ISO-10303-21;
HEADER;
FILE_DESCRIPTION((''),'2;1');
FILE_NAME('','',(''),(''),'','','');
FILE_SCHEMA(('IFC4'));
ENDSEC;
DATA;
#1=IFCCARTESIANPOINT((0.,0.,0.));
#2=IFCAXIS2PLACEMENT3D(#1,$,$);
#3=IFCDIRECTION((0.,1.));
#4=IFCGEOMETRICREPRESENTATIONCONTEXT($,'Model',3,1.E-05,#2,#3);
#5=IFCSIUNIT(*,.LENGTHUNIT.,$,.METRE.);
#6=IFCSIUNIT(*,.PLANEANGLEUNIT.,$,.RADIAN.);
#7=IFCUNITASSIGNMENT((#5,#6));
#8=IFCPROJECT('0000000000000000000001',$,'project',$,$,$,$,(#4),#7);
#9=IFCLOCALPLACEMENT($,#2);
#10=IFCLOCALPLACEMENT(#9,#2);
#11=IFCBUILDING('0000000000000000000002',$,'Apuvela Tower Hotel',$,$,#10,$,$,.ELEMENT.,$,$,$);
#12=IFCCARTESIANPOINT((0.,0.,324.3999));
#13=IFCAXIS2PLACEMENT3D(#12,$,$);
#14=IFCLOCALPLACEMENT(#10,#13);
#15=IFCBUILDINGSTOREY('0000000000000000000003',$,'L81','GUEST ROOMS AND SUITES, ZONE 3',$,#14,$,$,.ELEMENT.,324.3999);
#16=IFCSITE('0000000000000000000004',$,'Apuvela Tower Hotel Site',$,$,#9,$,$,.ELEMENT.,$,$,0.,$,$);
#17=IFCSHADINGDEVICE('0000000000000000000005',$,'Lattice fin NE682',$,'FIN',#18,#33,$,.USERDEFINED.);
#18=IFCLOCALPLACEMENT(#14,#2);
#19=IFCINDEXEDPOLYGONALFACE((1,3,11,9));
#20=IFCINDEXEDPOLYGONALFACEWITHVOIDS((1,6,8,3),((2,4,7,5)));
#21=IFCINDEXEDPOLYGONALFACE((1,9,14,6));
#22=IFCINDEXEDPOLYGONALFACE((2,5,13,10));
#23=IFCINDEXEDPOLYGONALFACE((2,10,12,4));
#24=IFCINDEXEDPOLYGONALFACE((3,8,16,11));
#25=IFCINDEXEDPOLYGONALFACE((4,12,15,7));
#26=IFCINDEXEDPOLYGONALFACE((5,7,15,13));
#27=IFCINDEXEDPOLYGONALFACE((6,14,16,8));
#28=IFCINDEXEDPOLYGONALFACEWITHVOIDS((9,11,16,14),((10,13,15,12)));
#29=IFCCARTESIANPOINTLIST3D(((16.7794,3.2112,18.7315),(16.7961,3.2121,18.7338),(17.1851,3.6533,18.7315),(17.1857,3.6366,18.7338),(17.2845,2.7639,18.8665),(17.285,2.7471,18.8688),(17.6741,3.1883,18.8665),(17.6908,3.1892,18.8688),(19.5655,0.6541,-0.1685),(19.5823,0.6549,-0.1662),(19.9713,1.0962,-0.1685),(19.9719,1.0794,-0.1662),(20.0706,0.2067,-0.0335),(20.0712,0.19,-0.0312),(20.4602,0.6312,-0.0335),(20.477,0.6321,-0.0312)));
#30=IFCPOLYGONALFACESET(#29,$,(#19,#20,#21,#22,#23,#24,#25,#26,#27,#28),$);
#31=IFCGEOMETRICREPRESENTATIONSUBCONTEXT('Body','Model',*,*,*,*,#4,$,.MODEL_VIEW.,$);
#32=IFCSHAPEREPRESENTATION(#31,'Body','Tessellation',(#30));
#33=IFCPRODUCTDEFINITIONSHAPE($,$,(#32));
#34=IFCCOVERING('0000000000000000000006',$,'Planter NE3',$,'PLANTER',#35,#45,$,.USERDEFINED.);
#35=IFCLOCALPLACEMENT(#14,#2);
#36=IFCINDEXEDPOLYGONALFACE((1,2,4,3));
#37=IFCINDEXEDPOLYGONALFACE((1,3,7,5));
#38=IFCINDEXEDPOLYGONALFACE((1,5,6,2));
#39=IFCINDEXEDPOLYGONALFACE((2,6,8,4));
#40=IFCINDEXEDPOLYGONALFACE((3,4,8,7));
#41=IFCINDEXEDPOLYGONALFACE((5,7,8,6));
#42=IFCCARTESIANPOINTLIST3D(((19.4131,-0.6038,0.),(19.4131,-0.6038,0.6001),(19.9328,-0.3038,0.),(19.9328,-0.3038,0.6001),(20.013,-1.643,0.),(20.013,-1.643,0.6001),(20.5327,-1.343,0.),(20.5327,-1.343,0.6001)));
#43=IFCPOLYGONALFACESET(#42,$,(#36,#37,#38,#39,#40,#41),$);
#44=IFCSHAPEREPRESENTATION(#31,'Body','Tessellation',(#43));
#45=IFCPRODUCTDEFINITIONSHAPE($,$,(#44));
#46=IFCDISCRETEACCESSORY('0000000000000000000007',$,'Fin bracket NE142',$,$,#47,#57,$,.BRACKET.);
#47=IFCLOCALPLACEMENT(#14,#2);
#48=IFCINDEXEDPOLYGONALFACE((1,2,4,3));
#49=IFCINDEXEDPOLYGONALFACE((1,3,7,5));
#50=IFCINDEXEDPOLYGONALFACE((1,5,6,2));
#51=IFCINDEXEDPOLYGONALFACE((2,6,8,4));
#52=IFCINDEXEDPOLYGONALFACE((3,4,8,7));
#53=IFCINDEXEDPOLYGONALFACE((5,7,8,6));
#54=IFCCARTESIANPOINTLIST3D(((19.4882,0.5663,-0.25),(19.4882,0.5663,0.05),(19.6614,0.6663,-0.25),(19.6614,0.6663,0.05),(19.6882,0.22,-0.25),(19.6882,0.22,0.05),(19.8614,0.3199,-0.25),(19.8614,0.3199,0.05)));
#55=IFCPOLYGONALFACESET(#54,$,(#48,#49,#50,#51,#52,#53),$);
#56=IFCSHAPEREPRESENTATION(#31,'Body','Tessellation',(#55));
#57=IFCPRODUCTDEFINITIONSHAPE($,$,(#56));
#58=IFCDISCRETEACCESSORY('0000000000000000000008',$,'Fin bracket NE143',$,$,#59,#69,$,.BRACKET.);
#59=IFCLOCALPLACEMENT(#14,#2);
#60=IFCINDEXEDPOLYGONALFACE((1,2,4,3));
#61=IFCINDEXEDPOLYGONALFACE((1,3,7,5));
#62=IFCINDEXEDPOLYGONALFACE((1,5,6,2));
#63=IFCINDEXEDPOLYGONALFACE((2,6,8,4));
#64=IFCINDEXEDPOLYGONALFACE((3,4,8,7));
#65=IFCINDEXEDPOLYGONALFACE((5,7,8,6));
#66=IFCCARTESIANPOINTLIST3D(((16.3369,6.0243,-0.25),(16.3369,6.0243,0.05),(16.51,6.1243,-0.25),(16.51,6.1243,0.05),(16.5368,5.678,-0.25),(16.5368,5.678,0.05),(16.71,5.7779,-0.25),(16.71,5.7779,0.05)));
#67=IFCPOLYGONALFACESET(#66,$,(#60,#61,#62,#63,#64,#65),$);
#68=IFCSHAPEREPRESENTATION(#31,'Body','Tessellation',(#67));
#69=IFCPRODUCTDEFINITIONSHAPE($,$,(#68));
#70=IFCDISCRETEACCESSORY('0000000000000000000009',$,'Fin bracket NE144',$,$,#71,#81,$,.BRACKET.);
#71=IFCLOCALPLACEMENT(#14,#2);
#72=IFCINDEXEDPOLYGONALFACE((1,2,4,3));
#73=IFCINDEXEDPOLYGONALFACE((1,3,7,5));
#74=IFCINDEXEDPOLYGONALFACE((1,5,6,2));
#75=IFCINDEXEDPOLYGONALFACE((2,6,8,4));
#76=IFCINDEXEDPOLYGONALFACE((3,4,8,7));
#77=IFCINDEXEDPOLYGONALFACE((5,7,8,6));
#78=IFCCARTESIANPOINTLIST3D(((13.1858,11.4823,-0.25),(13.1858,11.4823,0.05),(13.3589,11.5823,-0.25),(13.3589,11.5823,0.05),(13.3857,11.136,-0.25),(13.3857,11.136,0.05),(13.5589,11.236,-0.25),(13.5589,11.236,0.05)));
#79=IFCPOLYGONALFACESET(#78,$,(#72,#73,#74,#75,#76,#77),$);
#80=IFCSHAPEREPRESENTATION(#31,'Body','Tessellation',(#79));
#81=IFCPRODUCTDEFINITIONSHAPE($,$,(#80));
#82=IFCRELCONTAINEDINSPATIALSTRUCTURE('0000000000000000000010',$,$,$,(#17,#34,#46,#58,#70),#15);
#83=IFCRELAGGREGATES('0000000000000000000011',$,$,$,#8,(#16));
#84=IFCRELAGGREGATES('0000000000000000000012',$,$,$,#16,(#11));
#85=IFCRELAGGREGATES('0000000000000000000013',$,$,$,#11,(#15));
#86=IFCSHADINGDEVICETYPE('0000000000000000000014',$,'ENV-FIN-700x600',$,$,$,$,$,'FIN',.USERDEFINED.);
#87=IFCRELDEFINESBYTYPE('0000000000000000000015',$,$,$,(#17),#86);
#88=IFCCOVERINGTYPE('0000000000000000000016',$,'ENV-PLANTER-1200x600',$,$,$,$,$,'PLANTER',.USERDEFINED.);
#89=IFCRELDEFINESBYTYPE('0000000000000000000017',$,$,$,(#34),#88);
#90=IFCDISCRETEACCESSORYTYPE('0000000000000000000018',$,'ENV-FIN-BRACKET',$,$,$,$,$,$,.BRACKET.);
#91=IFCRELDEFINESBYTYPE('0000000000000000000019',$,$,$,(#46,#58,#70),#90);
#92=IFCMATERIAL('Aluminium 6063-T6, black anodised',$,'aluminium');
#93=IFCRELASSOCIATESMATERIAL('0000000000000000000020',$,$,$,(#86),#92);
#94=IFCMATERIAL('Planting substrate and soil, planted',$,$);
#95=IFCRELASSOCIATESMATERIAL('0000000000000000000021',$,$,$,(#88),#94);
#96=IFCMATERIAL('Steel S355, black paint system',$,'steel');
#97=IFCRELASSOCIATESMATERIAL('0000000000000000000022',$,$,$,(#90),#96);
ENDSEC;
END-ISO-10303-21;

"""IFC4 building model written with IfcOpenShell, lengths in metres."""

from ifc_helpers import new_model, si_unit, direction, frame, origin, origin_2d, place, context, subcontext, project, spatial, rectangle, hollow_rectangle, extrude, material, material_profile, profile_set, type_object, element, save


model = new_model("IFC4")

# Units and contexts
model_context = context("Model", 3, precision=1e-05, world=origin(), true_north=direction((0.0, 1.0)))
body_context = subcontext(model_context, "Body", "Model", "MODEL_VIEW")
ifc_project = project(units=[si_unit("LENGTHUNIT", "METRE"), si_unit("PLANEANGLEUNIT", "RADIAN")], contexts=[model_context])

# Site, building, storey
site_placement = place(None, origin())
site = spatial("IfcSite", under=ifc_project, at=site_placement, Name="Apuvela Tower Hotel Site", CompositionType="ELEMENT", RefElevation=0.0)
building_placement = place(site_placement, origin())
building = spatial("IfcBuilding", under=site, at=building_placement, Name="Apuvela Tower Hotel", CompositionType="ELEMENT")
storey_placement = place(building_placement, frame((0.0, 0.0, 324.3999)))
storey = spatial("IfcBuildingStorey", under=building, at=storey_placement, Name="L81", Description="GUEST ROOMS AND SUITES, ZONE 3", CompositionType="ELEMENT", Elevation=324.3999)

# Shading device
ifc_material_1 = material(Name="Aluminium 6063-T6, black anodised", Category="aluminium")
ifc_material_profile_1 = material_profile(ifc_material_1, hollow_rectangle(XDim=0.6001, YDim=0.7, WallThickness=0.012, at=origin_2d()), Name="AL BOX 700x600x12")
ifc_profile_set_1 = profile_set([ifc_material_profile_1], Name="Aluminium 6063-T6, black anodised")
shading_device_type = type_object("IfcShadingDeviceType", Name="ENV-FIN-700x600", ElementType="FIN", PredefinedType="USERDEFINED", material=ifc_profile_set_1)
shading_device_1_placement = place(storey_placement, frame((20.0212, 0.6431, -0.0999), z_axis=(-0.14455, 0.132669, 0.980563), x_axis=(-0.676181, -0.736736, 0.0)))
element("IfcShadingDevice", 1, at=shading_device_1_placement, inside=storey, type_object=shading_device_type, Name="Lattice fin NE682", ObjectType="FIN", PredefinedType="USERDEFINED", context=body_context, shape_type="SweptSolid", body=[
    extrude(hollow_rectangle(XDim=0.6001, YDim=0.7, WallThickness=0.012, at=origin_2d()), origin(), (0.0, 0.0, 1.0), 19.2747),
])

# Covering
ifc_material_2 = material(Name="Planting substrate and soil, planted")
covering_type = type_object("IfcCoveringType", Name="ENV-PLANTER-1200x600", ElementType="PLANTER", PredefinedType="USERDEFINED", material=ifc_material_2)
covering_placement = place(storey_placement, frame((19.9729, -0.9734, 0.0), z_axis=(0.0, 0.0, 1.0), x_axis=(-0.5, 0.866025, 0.0)))
element("IfcCovering", 2, at=covering_placement, inside=storey, type_object=covering_type, Name="Planter NE3", ObjectType="PLANTER", PredefinedType="USERDEFINED", context=body_context, shape_type="SweptSolid", body=[
    extrude(rectangle(XDim=1.2, YDim=0.6001, at=origin_2d()), origin(), (0.0, 0.0, 1.0), 0.6001),
])

# Discrete accessories
ifc_material_3 = material(Name="Steel S355, black paint system", Category="steel")
discrete_accessory_type = type_object("IfcDiscreteAccessoryType", Name="ENV-FIN-BRACKET", PredefinedType="BRACKET", material=ifc_material_3)
for number, where, z_axis, x_axis, name in (
    (3, (19.6748, 0.4431, -0.25), (0.0, 0.0, 1.0), (-0.5, 0.866025, 0.0), "Fin bracket NE142"),
    (4, (16.5234, 5.9011, -0.25), (0.0, 0.0, 1.0), (-0.5, 0.866025, 0.0), "Fin bracket NE143"),
    (5, (13.3723, 11.3591, -0.25), (0.0, 0.0, 1.0), (-0.5, 0.866025, 0.0), "Fin bracket NE144"),
):
    element("IfcDiscreteAccessory", number, at=place(storey_placement, frame(where, z_axis=z_axis, x_axis=x_axis)), inside=storey, type_object=discrete_accessory_type, Name=name, PredefinedType="BRACKET", context=body_context, shape_type="SweptSolid", body=[
        extrude(rectangle(XDim=0.3999, YDim=0.2, at=origin_2d()), origin(), (0.0, 0.0, 1.0), 0.3),
    ])

save(model, "model.ifc")
